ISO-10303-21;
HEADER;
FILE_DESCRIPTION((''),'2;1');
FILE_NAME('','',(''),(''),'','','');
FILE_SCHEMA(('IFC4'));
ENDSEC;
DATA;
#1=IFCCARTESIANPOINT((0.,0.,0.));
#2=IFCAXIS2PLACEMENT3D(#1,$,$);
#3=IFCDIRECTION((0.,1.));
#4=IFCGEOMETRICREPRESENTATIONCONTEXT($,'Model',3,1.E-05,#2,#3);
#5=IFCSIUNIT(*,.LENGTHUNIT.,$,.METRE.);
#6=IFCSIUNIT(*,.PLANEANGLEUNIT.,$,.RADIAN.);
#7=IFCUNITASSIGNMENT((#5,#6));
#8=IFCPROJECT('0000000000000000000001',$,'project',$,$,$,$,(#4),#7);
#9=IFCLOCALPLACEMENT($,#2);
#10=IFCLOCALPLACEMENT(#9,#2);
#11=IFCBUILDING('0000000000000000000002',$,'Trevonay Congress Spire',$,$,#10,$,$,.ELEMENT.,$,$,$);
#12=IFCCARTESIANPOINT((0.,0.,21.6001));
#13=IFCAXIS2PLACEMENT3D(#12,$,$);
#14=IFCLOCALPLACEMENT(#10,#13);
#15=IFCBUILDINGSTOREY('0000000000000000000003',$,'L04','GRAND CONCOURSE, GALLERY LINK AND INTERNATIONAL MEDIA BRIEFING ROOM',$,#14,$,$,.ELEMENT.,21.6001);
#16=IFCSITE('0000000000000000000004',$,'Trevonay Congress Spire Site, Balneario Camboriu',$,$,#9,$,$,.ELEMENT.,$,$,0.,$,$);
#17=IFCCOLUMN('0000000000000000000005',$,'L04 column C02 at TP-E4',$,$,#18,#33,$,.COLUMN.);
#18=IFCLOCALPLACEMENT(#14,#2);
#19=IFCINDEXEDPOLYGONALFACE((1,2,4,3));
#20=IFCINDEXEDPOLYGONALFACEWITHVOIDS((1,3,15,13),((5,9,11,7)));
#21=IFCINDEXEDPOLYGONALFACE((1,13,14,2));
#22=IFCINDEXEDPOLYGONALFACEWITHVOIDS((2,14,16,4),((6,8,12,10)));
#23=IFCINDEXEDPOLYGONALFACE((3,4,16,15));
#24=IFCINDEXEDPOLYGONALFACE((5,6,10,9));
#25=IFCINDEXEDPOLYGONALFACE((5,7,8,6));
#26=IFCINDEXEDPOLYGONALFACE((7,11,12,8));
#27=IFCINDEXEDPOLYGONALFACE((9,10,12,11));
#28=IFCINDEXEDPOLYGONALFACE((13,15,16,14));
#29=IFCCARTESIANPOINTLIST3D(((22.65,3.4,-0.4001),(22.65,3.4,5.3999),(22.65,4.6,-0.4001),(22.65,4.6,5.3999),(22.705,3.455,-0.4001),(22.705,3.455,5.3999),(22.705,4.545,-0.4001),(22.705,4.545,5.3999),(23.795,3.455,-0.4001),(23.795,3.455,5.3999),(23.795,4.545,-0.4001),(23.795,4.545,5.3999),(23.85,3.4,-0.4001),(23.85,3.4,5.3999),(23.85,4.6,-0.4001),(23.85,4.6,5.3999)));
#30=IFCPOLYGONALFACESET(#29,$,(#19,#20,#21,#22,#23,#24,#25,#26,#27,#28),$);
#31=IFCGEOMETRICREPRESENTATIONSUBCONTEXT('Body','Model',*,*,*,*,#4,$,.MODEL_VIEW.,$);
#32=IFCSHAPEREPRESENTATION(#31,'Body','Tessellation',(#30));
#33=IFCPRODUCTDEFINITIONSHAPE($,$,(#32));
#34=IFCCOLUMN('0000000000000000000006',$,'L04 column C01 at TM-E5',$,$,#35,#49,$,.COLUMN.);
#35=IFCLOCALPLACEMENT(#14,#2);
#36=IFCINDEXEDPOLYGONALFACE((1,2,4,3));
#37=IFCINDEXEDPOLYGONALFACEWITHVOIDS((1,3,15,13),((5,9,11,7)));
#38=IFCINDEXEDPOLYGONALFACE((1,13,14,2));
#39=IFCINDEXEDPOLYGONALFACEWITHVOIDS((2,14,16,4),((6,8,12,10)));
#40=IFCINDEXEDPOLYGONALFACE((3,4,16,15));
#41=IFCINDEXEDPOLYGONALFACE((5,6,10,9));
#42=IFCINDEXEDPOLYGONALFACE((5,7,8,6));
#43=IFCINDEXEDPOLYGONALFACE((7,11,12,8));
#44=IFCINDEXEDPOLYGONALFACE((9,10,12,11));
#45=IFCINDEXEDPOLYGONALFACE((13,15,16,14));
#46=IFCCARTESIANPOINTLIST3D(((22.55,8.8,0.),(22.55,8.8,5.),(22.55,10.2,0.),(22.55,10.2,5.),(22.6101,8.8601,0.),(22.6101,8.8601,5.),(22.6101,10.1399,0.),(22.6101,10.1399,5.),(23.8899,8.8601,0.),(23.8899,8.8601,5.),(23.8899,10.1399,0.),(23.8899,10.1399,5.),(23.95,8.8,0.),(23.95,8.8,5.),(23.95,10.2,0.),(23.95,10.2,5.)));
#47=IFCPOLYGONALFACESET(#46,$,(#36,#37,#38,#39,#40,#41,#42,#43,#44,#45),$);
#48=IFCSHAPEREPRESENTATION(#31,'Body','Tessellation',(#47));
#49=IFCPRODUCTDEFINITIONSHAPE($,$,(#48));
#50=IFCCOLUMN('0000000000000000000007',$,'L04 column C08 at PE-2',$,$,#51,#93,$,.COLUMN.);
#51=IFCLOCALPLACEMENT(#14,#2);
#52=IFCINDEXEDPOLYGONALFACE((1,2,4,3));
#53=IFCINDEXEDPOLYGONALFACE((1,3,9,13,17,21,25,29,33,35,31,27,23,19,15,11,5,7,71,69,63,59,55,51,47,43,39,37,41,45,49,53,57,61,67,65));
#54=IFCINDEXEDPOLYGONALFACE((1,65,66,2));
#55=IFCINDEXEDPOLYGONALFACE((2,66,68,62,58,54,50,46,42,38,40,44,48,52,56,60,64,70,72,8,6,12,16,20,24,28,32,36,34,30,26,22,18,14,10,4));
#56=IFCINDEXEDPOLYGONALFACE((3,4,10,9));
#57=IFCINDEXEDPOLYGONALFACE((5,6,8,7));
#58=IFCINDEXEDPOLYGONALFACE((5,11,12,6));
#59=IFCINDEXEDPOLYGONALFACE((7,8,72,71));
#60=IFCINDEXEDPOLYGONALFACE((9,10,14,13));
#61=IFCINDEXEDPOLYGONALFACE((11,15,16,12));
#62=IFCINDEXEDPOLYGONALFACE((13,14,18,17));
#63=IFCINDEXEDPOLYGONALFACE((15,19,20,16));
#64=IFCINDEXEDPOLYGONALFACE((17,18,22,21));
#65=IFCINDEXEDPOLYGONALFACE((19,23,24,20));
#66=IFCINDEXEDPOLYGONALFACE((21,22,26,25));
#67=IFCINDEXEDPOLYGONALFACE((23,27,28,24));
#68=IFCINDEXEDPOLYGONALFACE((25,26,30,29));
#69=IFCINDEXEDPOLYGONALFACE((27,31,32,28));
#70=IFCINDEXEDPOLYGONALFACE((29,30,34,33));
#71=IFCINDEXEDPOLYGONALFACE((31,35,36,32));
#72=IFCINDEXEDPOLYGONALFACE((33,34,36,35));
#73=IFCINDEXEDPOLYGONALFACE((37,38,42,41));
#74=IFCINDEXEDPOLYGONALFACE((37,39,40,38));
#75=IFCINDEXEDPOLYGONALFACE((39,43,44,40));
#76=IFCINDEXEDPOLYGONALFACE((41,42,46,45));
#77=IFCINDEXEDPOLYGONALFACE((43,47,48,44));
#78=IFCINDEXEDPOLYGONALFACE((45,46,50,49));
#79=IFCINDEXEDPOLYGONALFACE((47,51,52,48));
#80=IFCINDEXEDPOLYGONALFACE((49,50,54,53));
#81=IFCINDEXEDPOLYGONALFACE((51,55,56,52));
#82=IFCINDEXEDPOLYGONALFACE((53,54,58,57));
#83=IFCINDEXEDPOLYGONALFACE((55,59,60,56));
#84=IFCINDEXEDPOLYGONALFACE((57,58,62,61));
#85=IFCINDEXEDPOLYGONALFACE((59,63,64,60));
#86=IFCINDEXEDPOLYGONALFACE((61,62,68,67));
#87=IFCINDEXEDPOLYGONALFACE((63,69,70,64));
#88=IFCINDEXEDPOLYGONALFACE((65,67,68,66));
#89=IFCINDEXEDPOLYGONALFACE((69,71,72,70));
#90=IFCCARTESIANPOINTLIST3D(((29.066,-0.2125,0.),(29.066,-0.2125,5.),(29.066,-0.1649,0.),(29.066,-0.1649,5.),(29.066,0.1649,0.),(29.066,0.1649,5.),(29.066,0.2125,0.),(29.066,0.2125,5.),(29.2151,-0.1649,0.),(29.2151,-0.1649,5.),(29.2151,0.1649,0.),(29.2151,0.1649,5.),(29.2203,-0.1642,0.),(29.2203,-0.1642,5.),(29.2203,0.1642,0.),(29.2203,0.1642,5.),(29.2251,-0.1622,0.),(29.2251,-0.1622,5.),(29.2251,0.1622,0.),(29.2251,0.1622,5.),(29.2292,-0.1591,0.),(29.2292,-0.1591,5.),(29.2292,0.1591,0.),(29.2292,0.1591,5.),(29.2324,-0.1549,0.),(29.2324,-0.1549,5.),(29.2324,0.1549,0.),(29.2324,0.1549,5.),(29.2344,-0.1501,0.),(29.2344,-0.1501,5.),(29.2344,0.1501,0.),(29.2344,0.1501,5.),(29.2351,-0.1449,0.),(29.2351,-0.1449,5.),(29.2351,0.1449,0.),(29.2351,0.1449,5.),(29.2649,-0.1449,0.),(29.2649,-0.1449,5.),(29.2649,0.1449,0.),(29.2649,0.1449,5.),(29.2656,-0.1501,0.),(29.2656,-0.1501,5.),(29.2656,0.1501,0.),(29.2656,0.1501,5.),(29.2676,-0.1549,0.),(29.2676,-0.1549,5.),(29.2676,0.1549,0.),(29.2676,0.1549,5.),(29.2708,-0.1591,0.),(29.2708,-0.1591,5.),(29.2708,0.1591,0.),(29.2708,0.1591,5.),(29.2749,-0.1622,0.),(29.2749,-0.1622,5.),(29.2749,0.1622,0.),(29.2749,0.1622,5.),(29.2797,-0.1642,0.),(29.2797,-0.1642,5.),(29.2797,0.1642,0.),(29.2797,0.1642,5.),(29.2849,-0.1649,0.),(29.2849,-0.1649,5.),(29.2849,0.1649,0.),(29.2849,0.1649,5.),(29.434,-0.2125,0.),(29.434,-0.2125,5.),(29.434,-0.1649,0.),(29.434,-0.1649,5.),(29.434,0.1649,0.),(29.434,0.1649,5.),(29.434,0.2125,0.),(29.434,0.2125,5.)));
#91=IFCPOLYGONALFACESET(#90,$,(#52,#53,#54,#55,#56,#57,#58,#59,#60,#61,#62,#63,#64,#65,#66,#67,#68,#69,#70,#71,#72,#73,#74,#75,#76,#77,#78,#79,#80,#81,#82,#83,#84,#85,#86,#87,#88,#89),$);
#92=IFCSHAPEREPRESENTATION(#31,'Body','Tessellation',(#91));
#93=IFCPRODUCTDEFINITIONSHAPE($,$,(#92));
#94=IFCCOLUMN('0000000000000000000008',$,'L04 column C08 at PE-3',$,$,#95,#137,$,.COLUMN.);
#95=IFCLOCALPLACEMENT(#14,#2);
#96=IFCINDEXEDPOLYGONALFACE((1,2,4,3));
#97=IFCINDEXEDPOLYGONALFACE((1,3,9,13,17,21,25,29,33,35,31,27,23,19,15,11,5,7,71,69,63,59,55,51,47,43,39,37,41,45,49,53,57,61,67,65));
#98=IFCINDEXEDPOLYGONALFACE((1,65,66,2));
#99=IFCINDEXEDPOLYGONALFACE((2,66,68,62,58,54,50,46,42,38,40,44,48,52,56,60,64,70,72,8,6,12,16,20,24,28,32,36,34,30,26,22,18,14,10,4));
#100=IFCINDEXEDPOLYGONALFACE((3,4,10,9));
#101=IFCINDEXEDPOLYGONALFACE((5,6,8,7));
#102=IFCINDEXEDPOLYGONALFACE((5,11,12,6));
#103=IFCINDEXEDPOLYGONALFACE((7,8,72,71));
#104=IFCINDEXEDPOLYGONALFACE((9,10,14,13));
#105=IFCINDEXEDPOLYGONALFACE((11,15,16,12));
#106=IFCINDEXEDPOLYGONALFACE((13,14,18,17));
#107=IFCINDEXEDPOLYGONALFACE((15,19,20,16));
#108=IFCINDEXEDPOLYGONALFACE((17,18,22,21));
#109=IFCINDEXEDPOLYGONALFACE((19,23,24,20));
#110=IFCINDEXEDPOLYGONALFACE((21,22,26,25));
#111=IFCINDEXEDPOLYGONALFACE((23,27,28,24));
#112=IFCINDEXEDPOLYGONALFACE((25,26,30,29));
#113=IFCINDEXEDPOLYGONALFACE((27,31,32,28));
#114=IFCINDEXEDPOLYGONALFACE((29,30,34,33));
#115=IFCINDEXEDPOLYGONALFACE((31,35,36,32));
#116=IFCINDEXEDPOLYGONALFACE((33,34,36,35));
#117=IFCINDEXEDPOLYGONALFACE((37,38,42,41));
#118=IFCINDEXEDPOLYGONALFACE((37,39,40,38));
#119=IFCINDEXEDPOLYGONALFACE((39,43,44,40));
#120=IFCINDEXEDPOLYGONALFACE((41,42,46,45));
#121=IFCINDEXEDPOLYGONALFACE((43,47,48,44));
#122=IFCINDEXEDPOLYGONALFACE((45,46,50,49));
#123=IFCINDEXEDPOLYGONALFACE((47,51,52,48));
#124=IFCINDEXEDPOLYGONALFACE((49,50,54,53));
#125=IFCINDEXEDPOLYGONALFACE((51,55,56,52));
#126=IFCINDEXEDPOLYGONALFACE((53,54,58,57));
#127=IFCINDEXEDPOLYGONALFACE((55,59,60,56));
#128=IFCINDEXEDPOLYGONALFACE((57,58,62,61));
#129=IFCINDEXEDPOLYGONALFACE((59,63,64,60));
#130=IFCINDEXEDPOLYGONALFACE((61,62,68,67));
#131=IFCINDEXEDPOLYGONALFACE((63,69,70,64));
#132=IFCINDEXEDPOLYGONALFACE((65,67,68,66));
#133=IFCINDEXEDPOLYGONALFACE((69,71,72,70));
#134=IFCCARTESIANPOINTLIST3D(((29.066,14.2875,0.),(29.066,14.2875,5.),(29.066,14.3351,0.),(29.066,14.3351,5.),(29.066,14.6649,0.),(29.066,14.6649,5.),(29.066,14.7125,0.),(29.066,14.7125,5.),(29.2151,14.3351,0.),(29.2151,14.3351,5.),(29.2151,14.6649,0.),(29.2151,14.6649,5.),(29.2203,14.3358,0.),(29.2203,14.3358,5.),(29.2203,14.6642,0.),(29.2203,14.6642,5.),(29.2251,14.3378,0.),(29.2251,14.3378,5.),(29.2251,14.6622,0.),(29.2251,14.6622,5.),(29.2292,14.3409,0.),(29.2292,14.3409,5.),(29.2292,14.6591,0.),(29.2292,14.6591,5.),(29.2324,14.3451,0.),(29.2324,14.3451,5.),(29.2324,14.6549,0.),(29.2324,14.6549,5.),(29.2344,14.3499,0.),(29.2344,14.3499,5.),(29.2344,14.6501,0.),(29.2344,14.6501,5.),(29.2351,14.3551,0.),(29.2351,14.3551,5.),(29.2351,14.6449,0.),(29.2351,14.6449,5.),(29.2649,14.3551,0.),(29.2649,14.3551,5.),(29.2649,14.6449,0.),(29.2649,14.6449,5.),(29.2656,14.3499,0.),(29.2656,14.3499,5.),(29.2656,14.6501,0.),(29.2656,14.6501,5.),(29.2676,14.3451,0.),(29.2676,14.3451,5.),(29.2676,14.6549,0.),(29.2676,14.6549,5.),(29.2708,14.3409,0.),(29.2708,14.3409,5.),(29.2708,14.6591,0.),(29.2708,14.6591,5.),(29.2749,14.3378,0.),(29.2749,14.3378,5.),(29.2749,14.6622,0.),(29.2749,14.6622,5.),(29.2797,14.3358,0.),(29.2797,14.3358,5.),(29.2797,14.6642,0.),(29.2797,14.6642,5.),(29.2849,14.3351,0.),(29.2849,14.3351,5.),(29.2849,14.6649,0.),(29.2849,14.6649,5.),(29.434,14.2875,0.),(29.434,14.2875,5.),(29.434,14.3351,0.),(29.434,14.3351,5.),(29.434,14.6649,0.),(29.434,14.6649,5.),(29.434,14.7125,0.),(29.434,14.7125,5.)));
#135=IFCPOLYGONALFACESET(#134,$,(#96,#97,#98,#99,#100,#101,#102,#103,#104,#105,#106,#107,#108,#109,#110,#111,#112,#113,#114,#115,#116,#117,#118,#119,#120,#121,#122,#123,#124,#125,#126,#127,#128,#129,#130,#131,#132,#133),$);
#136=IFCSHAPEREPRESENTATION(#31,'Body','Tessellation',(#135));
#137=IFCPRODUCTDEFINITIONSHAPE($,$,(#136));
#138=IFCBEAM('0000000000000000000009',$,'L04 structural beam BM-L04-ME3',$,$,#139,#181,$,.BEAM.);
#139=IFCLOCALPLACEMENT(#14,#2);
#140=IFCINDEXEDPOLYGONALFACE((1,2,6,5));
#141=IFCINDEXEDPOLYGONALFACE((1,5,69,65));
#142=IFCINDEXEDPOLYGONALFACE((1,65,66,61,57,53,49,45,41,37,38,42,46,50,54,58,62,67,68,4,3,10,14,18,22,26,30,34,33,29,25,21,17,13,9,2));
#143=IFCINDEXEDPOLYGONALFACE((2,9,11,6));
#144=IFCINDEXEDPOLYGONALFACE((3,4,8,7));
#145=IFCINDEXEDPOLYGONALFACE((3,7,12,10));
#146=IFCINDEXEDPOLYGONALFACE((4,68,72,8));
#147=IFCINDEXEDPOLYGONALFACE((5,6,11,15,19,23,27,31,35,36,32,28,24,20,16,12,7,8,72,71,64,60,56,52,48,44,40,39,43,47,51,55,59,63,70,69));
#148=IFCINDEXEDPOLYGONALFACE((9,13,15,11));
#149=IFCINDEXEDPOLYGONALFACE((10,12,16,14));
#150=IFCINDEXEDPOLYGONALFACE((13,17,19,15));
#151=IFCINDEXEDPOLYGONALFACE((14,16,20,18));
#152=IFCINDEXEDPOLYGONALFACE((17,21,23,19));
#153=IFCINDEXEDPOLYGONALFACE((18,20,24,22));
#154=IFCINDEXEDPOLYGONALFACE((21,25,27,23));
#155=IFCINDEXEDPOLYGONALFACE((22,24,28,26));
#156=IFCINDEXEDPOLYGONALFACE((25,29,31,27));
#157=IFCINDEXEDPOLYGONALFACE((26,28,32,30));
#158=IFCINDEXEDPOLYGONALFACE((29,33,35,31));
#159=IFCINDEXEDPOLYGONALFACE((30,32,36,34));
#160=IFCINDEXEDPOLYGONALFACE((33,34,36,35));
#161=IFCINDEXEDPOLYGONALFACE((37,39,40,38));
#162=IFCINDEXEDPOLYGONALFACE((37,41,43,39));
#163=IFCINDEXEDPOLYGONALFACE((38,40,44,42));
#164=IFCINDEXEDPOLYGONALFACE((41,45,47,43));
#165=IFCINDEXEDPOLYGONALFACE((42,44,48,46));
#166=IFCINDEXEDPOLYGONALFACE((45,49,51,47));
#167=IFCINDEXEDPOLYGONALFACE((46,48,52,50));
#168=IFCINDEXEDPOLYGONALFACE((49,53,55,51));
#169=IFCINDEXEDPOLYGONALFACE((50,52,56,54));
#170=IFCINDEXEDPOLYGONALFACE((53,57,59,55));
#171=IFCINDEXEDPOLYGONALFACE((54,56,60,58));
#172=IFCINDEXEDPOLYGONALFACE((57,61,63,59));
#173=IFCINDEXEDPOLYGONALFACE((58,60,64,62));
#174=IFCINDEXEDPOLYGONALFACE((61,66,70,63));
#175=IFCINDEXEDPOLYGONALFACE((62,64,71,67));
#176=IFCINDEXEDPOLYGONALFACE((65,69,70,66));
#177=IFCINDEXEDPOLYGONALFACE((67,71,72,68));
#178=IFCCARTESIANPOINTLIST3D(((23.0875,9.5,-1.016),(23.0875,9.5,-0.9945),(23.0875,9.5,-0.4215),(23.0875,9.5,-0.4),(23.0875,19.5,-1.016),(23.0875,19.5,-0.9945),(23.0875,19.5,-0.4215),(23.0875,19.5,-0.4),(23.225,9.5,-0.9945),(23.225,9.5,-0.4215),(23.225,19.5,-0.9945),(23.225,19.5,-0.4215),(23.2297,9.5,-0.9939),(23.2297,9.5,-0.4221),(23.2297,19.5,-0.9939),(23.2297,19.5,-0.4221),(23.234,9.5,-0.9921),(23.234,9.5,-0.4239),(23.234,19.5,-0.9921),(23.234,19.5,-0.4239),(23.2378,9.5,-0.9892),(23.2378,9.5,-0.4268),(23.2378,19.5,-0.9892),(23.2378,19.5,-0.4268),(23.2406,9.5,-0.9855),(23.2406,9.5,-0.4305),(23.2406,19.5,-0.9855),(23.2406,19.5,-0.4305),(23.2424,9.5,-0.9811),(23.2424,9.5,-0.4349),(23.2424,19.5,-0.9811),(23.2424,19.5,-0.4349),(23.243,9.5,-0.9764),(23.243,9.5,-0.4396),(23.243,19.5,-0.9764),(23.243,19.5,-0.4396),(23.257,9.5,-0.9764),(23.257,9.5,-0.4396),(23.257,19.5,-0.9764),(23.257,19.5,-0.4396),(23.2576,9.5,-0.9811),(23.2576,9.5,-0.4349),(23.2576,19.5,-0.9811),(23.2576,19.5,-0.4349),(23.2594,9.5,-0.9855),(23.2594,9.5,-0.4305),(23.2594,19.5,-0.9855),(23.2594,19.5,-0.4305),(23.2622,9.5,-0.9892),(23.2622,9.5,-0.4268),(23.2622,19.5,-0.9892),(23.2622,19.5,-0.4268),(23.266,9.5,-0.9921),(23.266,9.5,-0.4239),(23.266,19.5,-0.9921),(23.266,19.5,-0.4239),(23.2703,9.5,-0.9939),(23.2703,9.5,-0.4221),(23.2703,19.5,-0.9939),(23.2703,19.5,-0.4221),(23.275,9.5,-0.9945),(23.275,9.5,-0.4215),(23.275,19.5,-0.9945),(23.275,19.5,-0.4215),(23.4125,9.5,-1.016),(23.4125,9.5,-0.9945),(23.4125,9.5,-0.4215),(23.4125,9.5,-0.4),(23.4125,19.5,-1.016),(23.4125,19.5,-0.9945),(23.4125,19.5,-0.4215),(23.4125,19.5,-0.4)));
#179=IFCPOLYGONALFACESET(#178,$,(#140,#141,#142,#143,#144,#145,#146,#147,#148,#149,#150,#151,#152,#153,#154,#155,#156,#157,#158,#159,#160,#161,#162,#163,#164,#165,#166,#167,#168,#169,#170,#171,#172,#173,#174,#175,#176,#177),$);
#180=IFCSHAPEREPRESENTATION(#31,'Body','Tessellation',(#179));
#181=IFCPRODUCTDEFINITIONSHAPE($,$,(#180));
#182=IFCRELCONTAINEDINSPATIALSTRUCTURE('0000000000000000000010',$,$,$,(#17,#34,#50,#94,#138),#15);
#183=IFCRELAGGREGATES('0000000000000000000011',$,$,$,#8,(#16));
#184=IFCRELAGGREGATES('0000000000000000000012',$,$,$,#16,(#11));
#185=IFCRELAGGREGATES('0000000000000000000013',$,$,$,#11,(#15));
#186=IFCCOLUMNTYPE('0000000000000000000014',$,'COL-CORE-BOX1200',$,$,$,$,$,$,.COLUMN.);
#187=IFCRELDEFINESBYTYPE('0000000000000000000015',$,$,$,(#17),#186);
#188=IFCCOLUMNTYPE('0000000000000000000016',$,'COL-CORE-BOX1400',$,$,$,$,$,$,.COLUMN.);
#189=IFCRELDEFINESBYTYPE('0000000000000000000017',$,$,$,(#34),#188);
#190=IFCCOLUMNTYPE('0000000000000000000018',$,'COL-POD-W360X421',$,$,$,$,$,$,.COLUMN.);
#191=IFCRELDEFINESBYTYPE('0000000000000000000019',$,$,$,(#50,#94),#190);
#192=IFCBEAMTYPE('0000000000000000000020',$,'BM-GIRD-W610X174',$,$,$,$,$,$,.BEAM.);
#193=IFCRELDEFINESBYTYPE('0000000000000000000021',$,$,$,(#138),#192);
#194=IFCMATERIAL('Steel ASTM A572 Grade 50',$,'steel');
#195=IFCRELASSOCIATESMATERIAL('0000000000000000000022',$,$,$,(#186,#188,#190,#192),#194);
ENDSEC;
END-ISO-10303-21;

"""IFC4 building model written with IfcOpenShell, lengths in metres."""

from ifc_helpers import new_model, si_unit, direction, frame, origin, origin_2d, place, context, subcontext, project, spatial, hollow_rectangle, i_section, extrude, material, material_profile, profile_set, type_object, element, save


model = new_model("IFC4")

# Units and contexts
model_context = context("Model", 3, precision=1e-05, world=origin(), true_north=direction((0.0, 1.0)))
body_context = subcontext(model_context, "Body", "Model", "MODEL_VIEW")
ifc_project = project(units=[si_unit("LENGTHUNIT", "METRE"), si_unit("PLANEANGLEUNIT", "RADIAN")], contexts=[model_context])

# Site, building, storey
site_placement = place(None, origin())
site = spatial("IfcSite", under=ifc_project, at=site_placement, Name="Trevonay Congress Spire Site, Balneario Camboriu", CompositionType="ELEMENT", RefElevation=0.0)
building_placement = place(site_placement, origin())
building = spatial("IfcBuilding", under=site, at=building_placement, Name="Trevonay Congress Spire", CompositionType="ELEMENT")
storey_placement = place(building_placement, frame((0.0, 0.0, 21.6001)))
storey = spatial("IfcBuildingStorey", under=building, at=storey_placement, Name="L04", Description="GRAND CONCOURSE, GALLERY LINK AND INTERNATIONAL MEDIA BRIEFING ROOM", CompositionType="ELEMENT", Elevation=21.6001)

# Columns
ifc_material_1 = material(Name="Steel ASTM A572 Grade 50", Category="steel")
ifc_material_profile_1 = material_profile(ifc_material_1, hollow_rectangle(XDim=1.2, YDim=1.2, WallThickness=0.0549, at=origin_2d()), Name="BOX 1200x1200x55")
ifc_profile_set_1 = profile_set([ifc_material_profile_1], Name="Steel ASTM A572 Grade 50")
column_type_1 = type_object("IfcColumnType", Name="COL-CORE-BOX1200", PredefinedType="COLUMN", material=ifc_profile_set_1)
column_1_placement = place(storey_placement, frame((23.25, 4.0, -0.4001), z_axis=(0.0, 0.0, 1.0), x_axis=(1.0, 0.0, 0.0)))
element("IfcColumn", 1, at=column_1_placement, inside=storey, type_object=column_type_1, Name="L04 column C02 at TP-E4", PredefinedType="COLUMN", context=body_context, shape_type="SweptSolid", body=[
    extrude(hollow_rectangle(XDim=1.2, YDim=1.2, WallThickness=0.0549, at=origin_2d()), origin(), (0.0, 0.0, 1.0), 5.8),
])
ifc_material_profile_2 = material_profile(ifc_material_1, hollow_rectangle(XDim=1.3999, YDim=1.3999, WallThickness=0.0601, at=origin_2d()), Name="BOX 1400x1400x60")
ifc_profile_set_2 = profile_set([ifc_material_profile_2], Name="Steel ASTM A572 Grade 50")
column_type_2 = type_object("IfcColumnType", Name="COL-CORE-BOX1400", PredefinedType="COLUMN", material=ifc_profile_set_2)
column_2_placement = place(storey_placement, frame((23.25, 9.5, 0.0), z_axis=(0.0, 0.0, 1.0), x_axis=(1.0, 0.0, 0.0)))
element("IfcColumn", 2, at=column_2_placement, inside=storey, type_object=column_type_2, Name="L04 column C01 at TM-E5", PredefinedType="COLUMN", context=body_context, shape_type="SweptSolid", body=[
    extrude(hollow_rectangle(XDim=1.3999, YDim=1.3999, WallThickness=0.0601, at=origin_2d()), origin(), (0.0, 0.0, 1.0), 5.0),
])
ifc_material_profile_3 = material_profile(ifc_material_1, i_section(OverallWidth=0.3679, OverallDepth=0.425, WebThickness=0.0298, FlangeThickness=0.0476, FilletRadius=0.02, at=origin_2d()), Name="W360x421")
ifc_profile_set_3 = profile_set([ifc_material_profile_3], Name="Steel ASTM A572 Grade 50")
column_type_3 = type_object("IfcColumnType", Name="COL-POD-W360X421", PredefinedType="COLUMN", material=ifc_profile_set_3)
for number, where, z_axis, x_axis, name in (
    (3, (29.25, 0.0, 0.0), (0.0, 0.0, 1.0), (1.0, 0.0, 0.0), "L04 column C08 at PE-2"),
    (4, (29.25, 14.5, 0.0), (0.0, 0.0, 1.0), (1.0, 0.0, 0.0), "L04 column C08 at PE-3"),
):
    element("IfcColumn", number, at=place(storey_placement, frame(where, z_axis=z_axis, x_axis=x_axis)), inside=storey, type_object=column_type_3, Name=name, PredefinedType="COLUMN", context=body_context, shape_type="SweptSolid", body=[
        extrude(i_section(OverallWidth=0.3679, OverallDepth=0.425, WebThickness=0.0298, FlangeThickness=0.0476, FilletRadius=0.02, at=origin_2d()), origin(), (0.0, 0.0, 1.0), 5.0),
    ])

# Beam
ifc_material_profile_4 = material_profile(ifc_material_1, i_section(OverallWidth=0.325, OverallDepth=0.616, WebThickness=0.0139, FlangeThickness=0.0215, FilletRadius=0.0181, at=origin_2d()), Name="W610x174")
ifc_profile_set_4 = profile_set([ifc_material_profile_4], Name="Steel ASTM A572 Grade 50")
beam_type = type_object("IfcBeamType", Name="BM-GIRD-W610X174", PredefinedType="BEAM", material=ifc_profile_set_4)
beam_1_placement = place(storey_placement, frame((23.25, 9.5, -0.708), z_axis=(0.0, 1.0, 0.0), x_axis=(-1.0, 0.0, 0.0)))
element("IfcBeam", 5, at=beam_1_placement, inside=storey, type_object=beam_type, Name="L04 structural beam BM-L04-ME3", PredefinedType="BEAM", context=body_context, shape_type="SweptSolid", body=[
    extrude(i_section(OverallWidth=0.325, OverallDepth=0.616, WebThickness=0.0139, FlangeThickness=0.0215, FilletRadius=0.0181, at=origin_2d()), origin(), (0.0, 0.0, 1.0), 10.0),
])

save(model, "model.ifc")
